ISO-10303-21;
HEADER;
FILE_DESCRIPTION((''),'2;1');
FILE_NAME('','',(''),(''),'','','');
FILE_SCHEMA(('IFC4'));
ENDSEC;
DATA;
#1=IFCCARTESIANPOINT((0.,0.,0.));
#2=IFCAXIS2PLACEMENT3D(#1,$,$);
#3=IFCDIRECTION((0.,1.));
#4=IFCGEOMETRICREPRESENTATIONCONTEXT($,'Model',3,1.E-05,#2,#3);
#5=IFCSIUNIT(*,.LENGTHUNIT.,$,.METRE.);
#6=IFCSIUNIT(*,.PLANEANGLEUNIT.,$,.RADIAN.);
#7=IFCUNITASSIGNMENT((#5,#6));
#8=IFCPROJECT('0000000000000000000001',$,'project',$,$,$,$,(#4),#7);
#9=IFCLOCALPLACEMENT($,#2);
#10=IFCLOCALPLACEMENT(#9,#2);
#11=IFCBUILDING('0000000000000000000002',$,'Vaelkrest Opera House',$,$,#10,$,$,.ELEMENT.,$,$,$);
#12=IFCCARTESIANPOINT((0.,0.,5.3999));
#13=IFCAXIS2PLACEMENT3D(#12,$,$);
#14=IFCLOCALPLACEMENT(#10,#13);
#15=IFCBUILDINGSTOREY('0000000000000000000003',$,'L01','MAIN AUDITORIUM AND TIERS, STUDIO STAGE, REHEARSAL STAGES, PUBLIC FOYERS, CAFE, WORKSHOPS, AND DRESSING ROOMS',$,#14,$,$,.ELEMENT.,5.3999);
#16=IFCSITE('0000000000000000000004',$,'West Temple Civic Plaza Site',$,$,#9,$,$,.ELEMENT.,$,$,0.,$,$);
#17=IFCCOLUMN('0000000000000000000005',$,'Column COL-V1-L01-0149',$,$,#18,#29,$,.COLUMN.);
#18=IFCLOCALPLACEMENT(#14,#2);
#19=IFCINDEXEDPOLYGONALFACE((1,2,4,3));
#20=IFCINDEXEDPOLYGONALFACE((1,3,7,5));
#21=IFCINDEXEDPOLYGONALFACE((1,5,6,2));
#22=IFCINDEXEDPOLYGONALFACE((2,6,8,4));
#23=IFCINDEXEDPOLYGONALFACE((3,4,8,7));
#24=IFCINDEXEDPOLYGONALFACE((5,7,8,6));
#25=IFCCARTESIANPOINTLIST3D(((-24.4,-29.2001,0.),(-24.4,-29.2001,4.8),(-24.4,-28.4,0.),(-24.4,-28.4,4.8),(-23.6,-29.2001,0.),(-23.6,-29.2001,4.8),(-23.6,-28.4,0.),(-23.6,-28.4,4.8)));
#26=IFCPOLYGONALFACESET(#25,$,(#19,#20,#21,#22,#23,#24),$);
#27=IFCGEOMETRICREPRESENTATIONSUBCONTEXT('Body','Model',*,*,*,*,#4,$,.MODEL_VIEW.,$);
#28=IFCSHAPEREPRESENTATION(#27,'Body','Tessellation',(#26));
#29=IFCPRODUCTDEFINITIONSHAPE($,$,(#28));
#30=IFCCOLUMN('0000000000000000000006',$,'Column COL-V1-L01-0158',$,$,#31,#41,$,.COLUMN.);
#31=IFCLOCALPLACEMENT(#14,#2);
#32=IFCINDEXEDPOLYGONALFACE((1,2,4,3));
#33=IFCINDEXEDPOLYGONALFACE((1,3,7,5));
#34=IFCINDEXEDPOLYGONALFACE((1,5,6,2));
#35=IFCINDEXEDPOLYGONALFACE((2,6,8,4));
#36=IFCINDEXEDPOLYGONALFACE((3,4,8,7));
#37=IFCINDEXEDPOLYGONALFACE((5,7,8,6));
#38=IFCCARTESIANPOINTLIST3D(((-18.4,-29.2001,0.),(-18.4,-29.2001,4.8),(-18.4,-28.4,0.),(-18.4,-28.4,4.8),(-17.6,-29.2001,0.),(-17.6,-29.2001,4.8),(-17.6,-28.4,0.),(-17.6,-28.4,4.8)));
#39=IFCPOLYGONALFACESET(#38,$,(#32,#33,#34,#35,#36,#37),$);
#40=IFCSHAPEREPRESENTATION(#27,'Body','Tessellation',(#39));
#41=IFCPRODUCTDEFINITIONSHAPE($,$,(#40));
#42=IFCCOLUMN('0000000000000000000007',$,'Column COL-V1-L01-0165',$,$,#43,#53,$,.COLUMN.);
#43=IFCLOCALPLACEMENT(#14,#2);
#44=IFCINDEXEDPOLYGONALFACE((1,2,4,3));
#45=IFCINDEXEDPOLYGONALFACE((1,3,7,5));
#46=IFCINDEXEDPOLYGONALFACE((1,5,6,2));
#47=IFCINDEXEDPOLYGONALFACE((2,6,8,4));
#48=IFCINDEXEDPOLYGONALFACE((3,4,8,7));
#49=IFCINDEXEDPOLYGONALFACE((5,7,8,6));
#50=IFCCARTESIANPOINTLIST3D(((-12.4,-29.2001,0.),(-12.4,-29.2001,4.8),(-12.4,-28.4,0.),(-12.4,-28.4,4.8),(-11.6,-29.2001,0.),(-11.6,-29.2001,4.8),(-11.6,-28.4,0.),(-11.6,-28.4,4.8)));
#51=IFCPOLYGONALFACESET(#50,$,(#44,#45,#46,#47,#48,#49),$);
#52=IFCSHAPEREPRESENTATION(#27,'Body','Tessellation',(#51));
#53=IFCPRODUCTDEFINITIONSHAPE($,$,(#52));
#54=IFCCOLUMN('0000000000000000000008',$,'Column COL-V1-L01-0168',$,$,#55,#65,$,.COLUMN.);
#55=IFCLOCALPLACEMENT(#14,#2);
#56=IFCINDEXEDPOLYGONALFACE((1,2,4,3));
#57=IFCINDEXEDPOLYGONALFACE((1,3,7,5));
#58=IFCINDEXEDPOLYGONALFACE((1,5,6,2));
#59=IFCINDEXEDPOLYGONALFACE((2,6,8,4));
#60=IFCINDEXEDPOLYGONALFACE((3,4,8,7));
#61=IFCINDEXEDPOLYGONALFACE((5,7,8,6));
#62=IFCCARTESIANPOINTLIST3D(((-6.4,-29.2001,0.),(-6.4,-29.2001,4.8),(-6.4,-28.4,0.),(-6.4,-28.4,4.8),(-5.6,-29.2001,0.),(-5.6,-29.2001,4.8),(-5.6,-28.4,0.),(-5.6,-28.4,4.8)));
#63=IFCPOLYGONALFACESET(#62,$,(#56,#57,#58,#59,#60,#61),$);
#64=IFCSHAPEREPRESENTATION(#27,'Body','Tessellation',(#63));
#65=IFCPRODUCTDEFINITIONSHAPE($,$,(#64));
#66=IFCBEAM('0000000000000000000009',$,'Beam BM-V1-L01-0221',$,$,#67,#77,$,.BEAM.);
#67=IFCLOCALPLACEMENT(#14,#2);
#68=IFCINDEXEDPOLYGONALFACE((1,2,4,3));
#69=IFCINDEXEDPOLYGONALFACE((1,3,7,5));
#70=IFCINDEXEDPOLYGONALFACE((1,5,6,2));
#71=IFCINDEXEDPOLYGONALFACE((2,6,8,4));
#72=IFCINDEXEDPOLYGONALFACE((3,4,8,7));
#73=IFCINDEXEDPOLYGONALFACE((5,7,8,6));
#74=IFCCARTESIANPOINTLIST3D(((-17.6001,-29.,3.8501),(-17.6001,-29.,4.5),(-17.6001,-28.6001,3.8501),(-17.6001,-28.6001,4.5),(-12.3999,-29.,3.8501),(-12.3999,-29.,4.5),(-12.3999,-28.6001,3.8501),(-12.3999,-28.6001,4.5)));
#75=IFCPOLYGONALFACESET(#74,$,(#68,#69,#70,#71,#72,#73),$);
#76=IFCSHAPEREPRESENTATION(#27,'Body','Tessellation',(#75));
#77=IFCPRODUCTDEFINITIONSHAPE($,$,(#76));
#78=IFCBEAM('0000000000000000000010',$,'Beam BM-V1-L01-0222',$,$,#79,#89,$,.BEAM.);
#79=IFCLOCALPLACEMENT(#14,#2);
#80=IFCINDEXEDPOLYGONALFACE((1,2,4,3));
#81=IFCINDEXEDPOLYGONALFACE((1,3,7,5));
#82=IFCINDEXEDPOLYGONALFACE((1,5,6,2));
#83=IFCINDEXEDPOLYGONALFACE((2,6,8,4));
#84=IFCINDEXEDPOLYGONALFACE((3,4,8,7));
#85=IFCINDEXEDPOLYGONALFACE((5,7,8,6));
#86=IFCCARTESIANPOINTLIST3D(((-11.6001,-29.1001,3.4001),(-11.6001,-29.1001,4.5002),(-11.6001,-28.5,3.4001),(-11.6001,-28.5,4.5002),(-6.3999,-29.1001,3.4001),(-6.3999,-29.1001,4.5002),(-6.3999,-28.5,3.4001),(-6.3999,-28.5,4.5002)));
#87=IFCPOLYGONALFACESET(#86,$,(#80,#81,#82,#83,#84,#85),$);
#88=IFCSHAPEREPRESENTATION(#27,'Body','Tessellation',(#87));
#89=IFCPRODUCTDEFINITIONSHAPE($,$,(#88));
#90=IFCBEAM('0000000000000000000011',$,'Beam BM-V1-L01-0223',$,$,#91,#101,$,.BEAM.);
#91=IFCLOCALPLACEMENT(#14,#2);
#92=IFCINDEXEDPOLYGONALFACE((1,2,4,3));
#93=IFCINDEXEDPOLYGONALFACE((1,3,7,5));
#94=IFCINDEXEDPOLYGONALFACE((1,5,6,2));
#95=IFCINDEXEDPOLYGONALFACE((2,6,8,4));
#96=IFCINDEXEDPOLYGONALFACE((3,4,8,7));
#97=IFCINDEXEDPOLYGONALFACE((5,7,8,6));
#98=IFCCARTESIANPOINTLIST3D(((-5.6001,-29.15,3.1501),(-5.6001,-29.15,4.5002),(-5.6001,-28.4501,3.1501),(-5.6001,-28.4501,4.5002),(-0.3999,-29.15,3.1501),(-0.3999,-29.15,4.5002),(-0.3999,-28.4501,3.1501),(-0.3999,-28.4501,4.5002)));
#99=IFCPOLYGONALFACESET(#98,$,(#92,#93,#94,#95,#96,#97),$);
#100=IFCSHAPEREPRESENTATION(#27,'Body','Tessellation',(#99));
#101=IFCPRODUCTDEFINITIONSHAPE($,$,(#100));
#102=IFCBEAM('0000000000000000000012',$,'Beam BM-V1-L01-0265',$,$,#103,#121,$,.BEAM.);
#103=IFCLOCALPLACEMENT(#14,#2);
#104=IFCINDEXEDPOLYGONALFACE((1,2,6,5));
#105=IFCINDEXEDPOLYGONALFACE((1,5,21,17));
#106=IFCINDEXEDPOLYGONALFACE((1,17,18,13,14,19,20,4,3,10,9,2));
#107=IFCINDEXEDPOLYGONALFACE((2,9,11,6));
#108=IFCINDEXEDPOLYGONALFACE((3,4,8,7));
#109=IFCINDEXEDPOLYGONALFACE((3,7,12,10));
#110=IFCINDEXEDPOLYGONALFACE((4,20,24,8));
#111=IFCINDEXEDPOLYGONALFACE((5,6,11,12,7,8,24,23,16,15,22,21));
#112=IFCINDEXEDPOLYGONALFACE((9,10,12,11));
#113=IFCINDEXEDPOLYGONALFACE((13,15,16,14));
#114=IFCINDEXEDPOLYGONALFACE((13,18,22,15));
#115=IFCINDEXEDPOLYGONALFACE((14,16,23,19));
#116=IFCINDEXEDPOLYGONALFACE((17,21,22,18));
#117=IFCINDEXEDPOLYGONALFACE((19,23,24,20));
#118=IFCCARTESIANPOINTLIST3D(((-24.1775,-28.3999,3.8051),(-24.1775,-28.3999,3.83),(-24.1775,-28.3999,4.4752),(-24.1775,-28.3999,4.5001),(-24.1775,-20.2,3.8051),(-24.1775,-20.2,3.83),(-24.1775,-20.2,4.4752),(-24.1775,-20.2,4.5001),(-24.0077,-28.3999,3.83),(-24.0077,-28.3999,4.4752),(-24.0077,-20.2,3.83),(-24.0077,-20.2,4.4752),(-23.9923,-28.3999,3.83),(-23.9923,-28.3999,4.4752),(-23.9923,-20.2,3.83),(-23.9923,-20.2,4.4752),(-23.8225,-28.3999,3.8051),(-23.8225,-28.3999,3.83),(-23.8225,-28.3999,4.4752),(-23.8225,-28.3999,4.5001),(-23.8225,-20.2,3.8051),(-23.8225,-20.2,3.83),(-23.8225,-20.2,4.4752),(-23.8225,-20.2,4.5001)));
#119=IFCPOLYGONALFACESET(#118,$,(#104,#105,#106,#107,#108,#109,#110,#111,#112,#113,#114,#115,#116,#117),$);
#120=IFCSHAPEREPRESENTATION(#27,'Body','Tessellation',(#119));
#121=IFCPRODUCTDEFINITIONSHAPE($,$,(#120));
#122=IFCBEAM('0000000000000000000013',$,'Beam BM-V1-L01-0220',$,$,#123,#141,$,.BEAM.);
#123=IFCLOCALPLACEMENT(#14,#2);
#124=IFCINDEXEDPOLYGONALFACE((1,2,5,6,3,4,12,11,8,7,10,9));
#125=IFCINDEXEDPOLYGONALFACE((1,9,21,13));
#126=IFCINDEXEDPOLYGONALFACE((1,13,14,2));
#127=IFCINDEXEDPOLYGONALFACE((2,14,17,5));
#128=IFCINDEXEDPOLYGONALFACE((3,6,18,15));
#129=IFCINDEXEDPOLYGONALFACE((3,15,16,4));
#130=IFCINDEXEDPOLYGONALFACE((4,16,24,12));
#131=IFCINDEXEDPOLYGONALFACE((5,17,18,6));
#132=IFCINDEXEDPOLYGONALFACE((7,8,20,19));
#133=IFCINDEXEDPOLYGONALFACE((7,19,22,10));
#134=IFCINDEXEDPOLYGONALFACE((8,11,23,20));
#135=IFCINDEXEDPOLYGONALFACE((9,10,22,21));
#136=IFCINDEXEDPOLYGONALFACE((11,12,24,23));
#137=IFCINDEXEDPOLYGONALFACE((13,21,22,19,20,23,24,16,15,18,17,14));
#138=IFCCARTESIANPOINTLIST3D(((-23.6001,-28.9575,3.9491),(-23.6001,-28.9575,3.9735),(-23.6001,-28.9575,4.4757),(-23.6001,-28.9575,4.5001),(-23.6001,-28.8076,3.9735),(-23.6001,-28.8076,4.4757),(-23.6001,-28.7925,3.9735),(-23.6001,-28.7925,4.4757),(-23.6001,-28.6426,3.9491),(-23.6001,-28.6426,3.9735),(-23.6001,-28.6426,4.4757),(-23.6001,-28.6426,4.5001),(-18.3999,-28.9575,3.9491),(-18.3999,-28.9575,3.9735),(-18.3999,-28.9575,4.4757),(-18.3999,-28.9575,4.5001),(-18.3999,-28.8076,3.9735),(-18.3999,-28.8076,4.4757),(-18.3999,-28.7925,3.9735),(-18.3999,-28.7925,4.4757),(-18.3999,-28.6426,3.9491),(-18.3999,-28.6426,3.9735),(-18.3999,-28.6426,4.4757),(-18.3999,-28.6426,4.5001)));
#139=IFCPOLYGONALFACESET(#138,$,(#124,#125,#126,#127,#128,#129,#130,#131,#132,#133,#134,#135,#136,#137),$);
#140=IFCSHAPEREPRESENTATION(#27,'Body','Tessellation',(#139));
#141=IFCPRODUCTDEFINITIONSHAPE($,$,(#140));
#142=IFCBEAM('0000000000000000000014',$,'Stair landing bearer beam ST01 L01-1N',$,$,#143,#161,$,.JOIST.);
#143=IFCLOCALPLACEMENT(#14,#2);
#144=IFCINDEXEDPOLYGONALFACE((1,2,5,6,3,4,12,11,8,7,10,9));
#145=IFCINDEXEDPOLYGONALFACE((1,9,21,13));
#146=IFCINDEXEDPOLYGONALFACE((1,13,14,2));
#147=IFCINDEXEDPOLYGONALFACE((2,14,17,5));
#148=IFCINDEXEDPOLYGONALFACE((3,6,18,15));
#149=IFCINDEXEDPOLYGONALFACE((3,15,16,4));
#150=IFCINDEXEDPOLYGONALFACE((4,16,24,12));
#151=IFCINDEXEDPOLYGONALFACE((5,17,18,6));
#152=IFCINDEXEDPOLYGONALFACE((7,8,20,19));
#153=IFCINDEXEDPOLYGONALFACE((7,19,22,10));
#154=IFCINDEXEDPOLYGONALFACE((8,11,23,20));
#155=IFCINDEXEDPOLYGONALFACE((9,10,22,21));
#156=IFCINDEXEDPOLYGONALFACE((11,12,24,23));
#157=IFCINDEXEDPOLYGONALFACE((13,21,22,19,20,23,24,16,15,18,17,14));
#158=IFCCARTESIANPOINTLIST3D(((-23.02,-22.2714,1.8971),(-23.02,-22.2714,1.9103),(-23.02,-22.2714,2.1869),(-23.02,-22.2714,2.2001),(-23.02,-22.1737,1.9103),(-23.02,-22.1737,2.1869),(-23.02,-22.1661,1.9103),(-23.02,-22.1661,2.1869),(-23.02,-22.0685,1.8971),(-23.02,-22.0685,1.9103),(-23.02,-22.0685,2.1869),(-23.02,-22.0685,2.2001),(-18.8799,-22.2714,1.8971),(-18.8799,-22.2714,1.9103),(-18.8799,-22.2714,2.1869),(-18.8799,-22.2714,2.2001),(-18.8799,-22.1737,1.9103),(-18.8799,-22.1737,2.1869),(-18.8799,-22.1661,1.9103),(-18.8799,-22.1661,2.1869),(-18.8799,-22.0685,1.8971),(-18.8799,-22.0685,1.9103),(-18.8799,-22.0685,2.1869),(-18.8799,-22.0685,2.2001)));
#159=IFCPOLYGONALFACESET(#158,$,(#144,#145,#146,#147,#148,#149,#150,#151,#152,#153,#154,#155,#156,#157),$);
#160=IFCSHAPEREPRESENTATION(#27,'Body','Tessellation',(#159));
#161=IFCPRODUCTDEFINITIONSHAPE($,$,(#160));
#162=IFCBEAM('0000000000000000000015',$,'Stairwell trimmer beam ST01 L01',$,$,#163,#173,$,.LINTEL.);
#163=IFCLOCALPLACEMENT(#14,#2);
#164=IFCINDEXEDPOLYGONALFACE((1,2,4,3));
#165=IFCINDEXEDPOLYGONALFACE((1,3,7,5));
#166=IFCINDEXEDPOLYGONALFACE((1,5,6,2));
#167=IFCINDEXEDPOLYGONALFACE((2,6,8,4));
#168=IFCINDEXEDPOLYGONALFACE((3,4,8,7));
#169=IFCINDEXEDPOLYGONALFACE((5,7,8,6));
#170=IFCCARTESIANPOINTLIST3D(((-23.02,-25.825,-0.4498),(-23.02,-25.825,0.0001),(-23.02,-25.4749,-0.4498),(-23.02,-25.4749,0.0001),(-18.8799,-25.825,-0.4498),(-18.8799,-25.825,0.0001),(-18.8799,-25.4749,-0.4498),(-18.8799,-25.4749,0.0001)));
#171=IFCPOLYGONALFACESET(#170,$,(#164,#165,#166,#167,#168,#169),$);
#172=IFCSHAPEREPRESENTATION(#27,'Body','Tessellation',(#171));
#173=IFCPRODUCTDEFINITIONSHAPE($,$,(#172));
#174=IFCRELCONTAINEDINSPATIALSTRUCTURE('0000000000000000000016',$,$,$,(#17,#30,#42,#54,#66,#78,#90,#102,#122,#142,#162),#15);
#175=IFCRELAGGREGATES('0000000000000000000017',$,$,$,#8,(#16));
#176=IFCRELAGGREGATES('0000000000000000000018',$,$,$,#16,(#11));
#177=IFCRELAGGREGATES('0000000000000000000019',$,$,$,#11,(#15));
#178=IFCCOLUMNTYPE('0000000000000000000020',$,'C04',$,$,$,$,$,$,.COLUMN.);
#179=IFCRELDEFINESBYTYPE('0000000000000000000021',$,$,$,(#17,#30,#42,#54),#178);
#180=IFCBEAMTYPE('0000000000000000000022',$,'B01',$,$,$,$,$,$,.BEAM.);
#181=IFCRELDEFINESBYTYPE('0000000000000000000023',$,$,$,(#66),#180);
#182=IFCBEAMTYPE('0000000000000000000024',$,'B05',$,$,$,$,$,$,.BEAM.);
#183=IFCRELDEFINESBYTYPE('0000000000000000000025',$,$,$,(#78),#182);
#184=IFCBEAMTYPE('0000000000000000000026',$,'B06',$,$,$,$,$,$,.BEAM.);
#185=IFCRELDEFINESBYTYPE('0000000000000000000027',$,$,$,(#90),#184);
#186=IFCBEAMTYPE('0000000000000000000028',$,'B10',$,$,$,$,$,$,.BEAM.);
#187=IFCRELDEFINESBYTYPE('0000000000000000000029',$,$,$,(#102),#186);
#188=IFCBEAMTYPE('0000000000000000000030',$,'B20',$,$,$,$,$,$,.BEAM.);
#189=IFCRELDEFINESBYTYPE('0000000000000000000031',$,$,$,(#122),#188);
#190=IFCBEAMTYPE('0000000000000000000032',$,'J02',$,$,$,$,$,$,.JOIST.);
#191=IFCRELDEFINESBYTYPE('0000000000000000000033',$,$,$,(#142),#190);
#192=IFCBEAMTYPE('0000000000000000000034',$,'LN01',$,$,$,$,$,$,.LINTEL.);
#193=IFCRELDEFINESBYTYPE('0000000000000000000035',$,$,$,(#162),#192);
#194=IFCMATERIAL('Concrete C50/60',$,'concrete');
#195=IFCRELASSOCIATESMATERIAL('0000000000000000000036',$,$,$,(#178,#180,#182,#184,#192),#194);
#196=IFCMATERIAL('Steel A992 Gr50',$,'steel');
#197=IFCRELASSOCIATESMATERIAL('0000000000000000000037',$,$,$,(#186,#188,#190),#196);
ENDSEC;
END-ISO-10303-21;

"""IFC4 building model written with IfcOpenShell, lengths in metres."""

from ifc_helpers import new_model, si_unit, direction, frame, origin, origin_2d, place, context, subcontext, project, spatial, rectangle, i_section, extrude, material, material_profile, profile_set, type_object, element, save


model = new_model("IFC4")

# Units and contexts
model_context = context("Model", 3, precision=1e-05, world=origin(), true_north=direction((0.0, 1.0)))
body_context = subcontext(model_context, "Body", "Model", "MODEL_VIEW")
ifc_project = project(units=[si_unit("LENGTHUNIT", "METRE"), si_unit("PLANEANGLEUNIT", "RADIAN")], contexts=[model_context])

# Site, building, storey
site_placement = place(None, origin())
site = spatial("IfcSite", under=ifc_project, at=site_placement, Name="West Temple Civic Plaza Site", CompositionType="ELEMENT", RefElevation=0.0)
building_placement = place(site_placement, origin())
building = spatial("IfcBuilding", under=site, at=building_placement, Name="Vaelkrest Opera House", CompositionType="ELEMENT")
storey_placement = place(building_placement, frame((0.0, 0.0, 5.3999)))
storey = spatial("IfcBuildingStorey", under=building, at=storey_placement, Name="L01", Description="MAIN AUDITORIUM AND TIERS, STUDIO STAGE, REHEARSAL STAGES, PUBLIC FOYERS, CAFE, WORKSHOPS, AND DRESSING ROOMS", CompositionType="ELEMENT", Elevation=5.3999)

# Columns
ifc_material_1 = material(Name="Concrete C50/60", Category="concrete")
ifc_material_profile_1 = material_profile(ifc_material_1, rectangle(XDim=0.8, YDim=0.8, at=origin_2d()), Name="RC800X800")
ifc_profile_set_1 = profile_set([ifc_material_profile_1], Name="Concrete C50/60")
column_type = type_object("IfcColumnType", Name="C04", PredefinedType="COLUMN", material=ifc_profile_set_1)
for number, where, z_axis, x_axis, name in (
    (1, (-24.0, -28.8, 0.0), (0.0, 0.0, 1.0), (1.0, 0.0, 0.0), "Column COL-V1-L01-0149"),
    (2, (-18.0, -28.8, 0.0), (0.0, 0.0, 1.0), (1.0, 0.0, 0.0), "Column COL-V1-L01-0158"),
    (3, (-12.0, -28.8, 0.0), (0.0, 0.0, 1.0), (1.0, 0.0, 0.0), "Column COL-V1-L01-0165"),
    (4, (-6.0, -28.8, 0.0), (0.0, 0.0, 1.0), (1.0, 0.0, 0.0), "Column COL-V1-L01-0168"),
):
    element("IfcColumn", number, at=place(storey_placement, frame(where, z_axis=z_axis, x_axis=x_axis)), inside=storey, type_object=column_type, Name=name, PredefinedType="COLUMN", context=body_context, shape_type="SweptSolid", body=[
        extrude(rectangle(XDim=0.8, YDim=0.8, at=origin_2d()), origin(), (0.0, 0.0, 1.0), 4.8),
    ])

# Beams
ifc_material_profile_2 = material_profile(ifc_material_1, rectangle(XDim=0.3999, YDim=0.6499, at=origin_2d()), Name="RCB400X650")
ifc_profile_set_2 = profile_set([ifc_material_profile_2], Name="Concrete C50/60")
beam_type_1 = type_object("IfcBeamType", Name="B01", PredefinedType="BEAM", material=ifc_profile_set_2)
beam_1_placement = place(storey_placement, frame((-17.6001, -28.8, 4.175), z_axis=(1.0, 0.0, 0.0), x_axis=(0.0, 1.0, 0.0)))
element("IfcBeam", 5, at=beam_1_placement, inside=storey, type_object=beam_type_1, Name="Beam BM-V1-L01-0221", PredefinedType="BEAM", context=body_context, shape_type="SweptSolid", body=[
    extrude(rectangle(XDim=0.3999, YDim=0.6499, at=origin_2d()), origin(), (0.0, 0.0, 1.0), 5.2002),
])
ifc_material_profile_3 = material_profile(ifc_material_1, rectangle(XDim=0.6001, YDim=1.1001, at=origin_2d()), Name="RCB600X1100")
ifc_profile_set_3 = profile_set([ifc_material_profile_3], Name="Concrete C50/60")
beam_type_2 = type_object("IfcBeamType", Name="B05", PredefinedType="BEAM", material=ifc_profile_set_3)
beam_2_placement = place(storey_placement, frame((-11.6001, -28.8, 3.9502), z_axis=(1.0, 0.0, 0.0), x_axis=(0.0, 1.0, 0.0)))
element("IfcBeam", 6, at=beam_2_placement, inside=storey, type_object=beam_type_2, Name="Beam BM-V1-L01-0222", PredefinedType="BEAM", context=body_context, shape_type="SweptSolid", body=[
    extrude(rectangle(XDim=0.6001, YDim=1.1001, at=origin_2d()), origin(), (0.0, 0.0, 1.0), 5.2002),
])
ifc_material_profile_4 = material_profile(ifc_material_1, rectangle(XDim=0.7, YDim=1.3501, at=origin_2d()), Name="RCB700X1350")
ifc_profile_set_4 = profile_set([ifc_material_profile_4], Name="Concrete C50/60")
beam_type_3 = type_object("IfcBeamType", Name="B06", PredefinedType="BEAM", material=ifc_profile_set_4)
beam_3_placement = place(storey_placement, frame((-5.6001, -28.8, 3.8252), z_axis=(1.0, 0.0, 0.0), x_axis=(0.0, 1.0, 0.0)))
element("IfcBeam", 7, at=beam_3_placement, inside=storey, type_object=beam_type_3, Name="Beam BM-V1-L01-0223", PredefinedType="BEAM", context=body_context, shape_type="SweptSolid", body=[
    extrude(rectangle(XDim=0.7, YDim=1.3501, at=origin_2d()), origin(), (0.0, 0.0, 1.0), 5.2002),
])
ifc_material_2 = material(Name="Steel A992 Gr50", Category="steel")
ifc_material_profile_5 = material_profile(ifc_material_2, i_section(OverallWidth=0.355, OverallDepth=0.6951, WebThickness=0.0154, FlangeThickness=0.0249, at=origin_2d()), Name="W27X146")
ifc_profile_set_5 = profile_set([ifc_material_profile_5], Name="Steel A992 Gr50")
beam_type_4 = type_object("IfcBeamType", Name="B10", PredefinedType="BEAM", material=ifc_profile_set_5)
beam_4_placement = place(storey_placement, frame((-24.0, -28.3999, 4.1526), z_axis=(0.0, 1.0, 0.0), x_axis=(-1.0, 0.0, 0.0)))
element("IfcBeam", 8, at=beam_4_placement, inside=storey, type_object=beam_type_4, Name="Beam BM-V1-L01-0265", PredefinedType="BEAM", context=body_context, shape_type="SweptSolid", body=[
    extrude(i_section(OverallWidth=0.355, OverallDepth=0.6951, WebThickness=0.0154, FlangeThickness=0.0249, at=origin_2d()), origin(), (0.0, 0.0, 1.0), 8.2),
])
ifc_material_profile_6 = material_profile(ifc_material_2, i_section(OverallWidth=0.3149, OverallDepth=0.551, WebThickness=0.0151, FlangeThickness=0.0244, at=origin_2d()), Name="W21X122")
ifc_profile_set_6 = profile_set([ifc_material_profile_6], Name="Steel A992 Gr50")
beam_type_5 = type_object("IfcBeamType", Name="B20", PredefinedType="BEAM", material=ifc_profile_set_6)
beam_5_placement = place(storey_placement, frame((-23.6001, -28.8, 4.2246), z_axis=(1.0, 0.0, 0.0), x_axis=(0.0, 1.0, 0.0)))
element("IfcBeam", 9, at=beam_5_placement, inside=storey, type_object=beam_type_5, Name="Beam BM-V1-L01-0220", PredefinedType="BEAM", context=body_context, shape_type="SweptSolid", body=[
    extrude(i_section(OverallWidth=0.3149, OverallDepth=0.551, WebThickness=0.0151, FlangeThickness=0.0244, at=origin_2d()), origin(), (0.0, 0.0, 1.0), 5.2002),
])
ifc_material_profile_7 = material_profile(ifc_material_2, i_section(OverallWidth=0.2029, OverallDepth=0.303, WebThickness=0.0076, FlangeThickness=0.0132, at=origin_2d()), Name="W12X40")
ifc_profile_set_7 = profile_set([ifc_material_profile_7], Name="Steel A992 Gr50")
beam_type_6 = type_object("IfcBeamType", Name="J02", PredefinedType="JOIST", material=ifc_profile_set_7)
beam_6_placement = place(storey_placement, frame((-23.02, -22.1699, 2.0486), z_axis=(1.0, 0.0, 0.0), x_axis=(0.0, 1.0, 0.0)))
element("IfcBeam", 10, at=beam_6_placement, inside=storey, type_object=beam_type_6, Name="Stair landing bearer beam ST01 L01-1N", PredefinedType="JOIST", context=body_context, shape_type="SweptSolid", body=[
    extrude(i_section(OverallWidth=0.2029, OverallDepth=0.303, WebThickness=0.0076, FlangeThickness=0.0132, at=origin_2d()), origin(), (0.0, 0.0, 1.0), 4.1401),
])
ifc_material_profile_8 = material_profile(ifc_material_1, rectangle(XDim=0.3501, YDim=0.45, at=origin_2d()), Name="RCB350X450")
ifc_profile_set_8 = profile_set([ifc_material_profile_8], Name="Concrete C50/60")
beam_type_7 = type_object("IfcBeamType", Name="LN01", PredefinedType="LINTEL", material=ifc_profile_set_8)
beam_7_placement = place(storey_placement, frame((-23.02, -25.6499, -0.2249), z_axis=(1.0, 0.0, 0.0), x_axis=(0.0, 1.0, 0.0)))
element("IfcBeam", 11, at=beam_7_placement, inside=storey, type_object=beam_type_7, Name="Stairwell trimmer beam ST01 L01", PredefinedType="LINTEL", context=body_context, shape_type="SweptSolid", body=[
    extrude(rectangle(XDim=0.3501, YDim=0.45, at=origin_2d()), origin(), (0.0, 0.0, 1.0), 4.1401),
])

save(model, "model.ifc")
